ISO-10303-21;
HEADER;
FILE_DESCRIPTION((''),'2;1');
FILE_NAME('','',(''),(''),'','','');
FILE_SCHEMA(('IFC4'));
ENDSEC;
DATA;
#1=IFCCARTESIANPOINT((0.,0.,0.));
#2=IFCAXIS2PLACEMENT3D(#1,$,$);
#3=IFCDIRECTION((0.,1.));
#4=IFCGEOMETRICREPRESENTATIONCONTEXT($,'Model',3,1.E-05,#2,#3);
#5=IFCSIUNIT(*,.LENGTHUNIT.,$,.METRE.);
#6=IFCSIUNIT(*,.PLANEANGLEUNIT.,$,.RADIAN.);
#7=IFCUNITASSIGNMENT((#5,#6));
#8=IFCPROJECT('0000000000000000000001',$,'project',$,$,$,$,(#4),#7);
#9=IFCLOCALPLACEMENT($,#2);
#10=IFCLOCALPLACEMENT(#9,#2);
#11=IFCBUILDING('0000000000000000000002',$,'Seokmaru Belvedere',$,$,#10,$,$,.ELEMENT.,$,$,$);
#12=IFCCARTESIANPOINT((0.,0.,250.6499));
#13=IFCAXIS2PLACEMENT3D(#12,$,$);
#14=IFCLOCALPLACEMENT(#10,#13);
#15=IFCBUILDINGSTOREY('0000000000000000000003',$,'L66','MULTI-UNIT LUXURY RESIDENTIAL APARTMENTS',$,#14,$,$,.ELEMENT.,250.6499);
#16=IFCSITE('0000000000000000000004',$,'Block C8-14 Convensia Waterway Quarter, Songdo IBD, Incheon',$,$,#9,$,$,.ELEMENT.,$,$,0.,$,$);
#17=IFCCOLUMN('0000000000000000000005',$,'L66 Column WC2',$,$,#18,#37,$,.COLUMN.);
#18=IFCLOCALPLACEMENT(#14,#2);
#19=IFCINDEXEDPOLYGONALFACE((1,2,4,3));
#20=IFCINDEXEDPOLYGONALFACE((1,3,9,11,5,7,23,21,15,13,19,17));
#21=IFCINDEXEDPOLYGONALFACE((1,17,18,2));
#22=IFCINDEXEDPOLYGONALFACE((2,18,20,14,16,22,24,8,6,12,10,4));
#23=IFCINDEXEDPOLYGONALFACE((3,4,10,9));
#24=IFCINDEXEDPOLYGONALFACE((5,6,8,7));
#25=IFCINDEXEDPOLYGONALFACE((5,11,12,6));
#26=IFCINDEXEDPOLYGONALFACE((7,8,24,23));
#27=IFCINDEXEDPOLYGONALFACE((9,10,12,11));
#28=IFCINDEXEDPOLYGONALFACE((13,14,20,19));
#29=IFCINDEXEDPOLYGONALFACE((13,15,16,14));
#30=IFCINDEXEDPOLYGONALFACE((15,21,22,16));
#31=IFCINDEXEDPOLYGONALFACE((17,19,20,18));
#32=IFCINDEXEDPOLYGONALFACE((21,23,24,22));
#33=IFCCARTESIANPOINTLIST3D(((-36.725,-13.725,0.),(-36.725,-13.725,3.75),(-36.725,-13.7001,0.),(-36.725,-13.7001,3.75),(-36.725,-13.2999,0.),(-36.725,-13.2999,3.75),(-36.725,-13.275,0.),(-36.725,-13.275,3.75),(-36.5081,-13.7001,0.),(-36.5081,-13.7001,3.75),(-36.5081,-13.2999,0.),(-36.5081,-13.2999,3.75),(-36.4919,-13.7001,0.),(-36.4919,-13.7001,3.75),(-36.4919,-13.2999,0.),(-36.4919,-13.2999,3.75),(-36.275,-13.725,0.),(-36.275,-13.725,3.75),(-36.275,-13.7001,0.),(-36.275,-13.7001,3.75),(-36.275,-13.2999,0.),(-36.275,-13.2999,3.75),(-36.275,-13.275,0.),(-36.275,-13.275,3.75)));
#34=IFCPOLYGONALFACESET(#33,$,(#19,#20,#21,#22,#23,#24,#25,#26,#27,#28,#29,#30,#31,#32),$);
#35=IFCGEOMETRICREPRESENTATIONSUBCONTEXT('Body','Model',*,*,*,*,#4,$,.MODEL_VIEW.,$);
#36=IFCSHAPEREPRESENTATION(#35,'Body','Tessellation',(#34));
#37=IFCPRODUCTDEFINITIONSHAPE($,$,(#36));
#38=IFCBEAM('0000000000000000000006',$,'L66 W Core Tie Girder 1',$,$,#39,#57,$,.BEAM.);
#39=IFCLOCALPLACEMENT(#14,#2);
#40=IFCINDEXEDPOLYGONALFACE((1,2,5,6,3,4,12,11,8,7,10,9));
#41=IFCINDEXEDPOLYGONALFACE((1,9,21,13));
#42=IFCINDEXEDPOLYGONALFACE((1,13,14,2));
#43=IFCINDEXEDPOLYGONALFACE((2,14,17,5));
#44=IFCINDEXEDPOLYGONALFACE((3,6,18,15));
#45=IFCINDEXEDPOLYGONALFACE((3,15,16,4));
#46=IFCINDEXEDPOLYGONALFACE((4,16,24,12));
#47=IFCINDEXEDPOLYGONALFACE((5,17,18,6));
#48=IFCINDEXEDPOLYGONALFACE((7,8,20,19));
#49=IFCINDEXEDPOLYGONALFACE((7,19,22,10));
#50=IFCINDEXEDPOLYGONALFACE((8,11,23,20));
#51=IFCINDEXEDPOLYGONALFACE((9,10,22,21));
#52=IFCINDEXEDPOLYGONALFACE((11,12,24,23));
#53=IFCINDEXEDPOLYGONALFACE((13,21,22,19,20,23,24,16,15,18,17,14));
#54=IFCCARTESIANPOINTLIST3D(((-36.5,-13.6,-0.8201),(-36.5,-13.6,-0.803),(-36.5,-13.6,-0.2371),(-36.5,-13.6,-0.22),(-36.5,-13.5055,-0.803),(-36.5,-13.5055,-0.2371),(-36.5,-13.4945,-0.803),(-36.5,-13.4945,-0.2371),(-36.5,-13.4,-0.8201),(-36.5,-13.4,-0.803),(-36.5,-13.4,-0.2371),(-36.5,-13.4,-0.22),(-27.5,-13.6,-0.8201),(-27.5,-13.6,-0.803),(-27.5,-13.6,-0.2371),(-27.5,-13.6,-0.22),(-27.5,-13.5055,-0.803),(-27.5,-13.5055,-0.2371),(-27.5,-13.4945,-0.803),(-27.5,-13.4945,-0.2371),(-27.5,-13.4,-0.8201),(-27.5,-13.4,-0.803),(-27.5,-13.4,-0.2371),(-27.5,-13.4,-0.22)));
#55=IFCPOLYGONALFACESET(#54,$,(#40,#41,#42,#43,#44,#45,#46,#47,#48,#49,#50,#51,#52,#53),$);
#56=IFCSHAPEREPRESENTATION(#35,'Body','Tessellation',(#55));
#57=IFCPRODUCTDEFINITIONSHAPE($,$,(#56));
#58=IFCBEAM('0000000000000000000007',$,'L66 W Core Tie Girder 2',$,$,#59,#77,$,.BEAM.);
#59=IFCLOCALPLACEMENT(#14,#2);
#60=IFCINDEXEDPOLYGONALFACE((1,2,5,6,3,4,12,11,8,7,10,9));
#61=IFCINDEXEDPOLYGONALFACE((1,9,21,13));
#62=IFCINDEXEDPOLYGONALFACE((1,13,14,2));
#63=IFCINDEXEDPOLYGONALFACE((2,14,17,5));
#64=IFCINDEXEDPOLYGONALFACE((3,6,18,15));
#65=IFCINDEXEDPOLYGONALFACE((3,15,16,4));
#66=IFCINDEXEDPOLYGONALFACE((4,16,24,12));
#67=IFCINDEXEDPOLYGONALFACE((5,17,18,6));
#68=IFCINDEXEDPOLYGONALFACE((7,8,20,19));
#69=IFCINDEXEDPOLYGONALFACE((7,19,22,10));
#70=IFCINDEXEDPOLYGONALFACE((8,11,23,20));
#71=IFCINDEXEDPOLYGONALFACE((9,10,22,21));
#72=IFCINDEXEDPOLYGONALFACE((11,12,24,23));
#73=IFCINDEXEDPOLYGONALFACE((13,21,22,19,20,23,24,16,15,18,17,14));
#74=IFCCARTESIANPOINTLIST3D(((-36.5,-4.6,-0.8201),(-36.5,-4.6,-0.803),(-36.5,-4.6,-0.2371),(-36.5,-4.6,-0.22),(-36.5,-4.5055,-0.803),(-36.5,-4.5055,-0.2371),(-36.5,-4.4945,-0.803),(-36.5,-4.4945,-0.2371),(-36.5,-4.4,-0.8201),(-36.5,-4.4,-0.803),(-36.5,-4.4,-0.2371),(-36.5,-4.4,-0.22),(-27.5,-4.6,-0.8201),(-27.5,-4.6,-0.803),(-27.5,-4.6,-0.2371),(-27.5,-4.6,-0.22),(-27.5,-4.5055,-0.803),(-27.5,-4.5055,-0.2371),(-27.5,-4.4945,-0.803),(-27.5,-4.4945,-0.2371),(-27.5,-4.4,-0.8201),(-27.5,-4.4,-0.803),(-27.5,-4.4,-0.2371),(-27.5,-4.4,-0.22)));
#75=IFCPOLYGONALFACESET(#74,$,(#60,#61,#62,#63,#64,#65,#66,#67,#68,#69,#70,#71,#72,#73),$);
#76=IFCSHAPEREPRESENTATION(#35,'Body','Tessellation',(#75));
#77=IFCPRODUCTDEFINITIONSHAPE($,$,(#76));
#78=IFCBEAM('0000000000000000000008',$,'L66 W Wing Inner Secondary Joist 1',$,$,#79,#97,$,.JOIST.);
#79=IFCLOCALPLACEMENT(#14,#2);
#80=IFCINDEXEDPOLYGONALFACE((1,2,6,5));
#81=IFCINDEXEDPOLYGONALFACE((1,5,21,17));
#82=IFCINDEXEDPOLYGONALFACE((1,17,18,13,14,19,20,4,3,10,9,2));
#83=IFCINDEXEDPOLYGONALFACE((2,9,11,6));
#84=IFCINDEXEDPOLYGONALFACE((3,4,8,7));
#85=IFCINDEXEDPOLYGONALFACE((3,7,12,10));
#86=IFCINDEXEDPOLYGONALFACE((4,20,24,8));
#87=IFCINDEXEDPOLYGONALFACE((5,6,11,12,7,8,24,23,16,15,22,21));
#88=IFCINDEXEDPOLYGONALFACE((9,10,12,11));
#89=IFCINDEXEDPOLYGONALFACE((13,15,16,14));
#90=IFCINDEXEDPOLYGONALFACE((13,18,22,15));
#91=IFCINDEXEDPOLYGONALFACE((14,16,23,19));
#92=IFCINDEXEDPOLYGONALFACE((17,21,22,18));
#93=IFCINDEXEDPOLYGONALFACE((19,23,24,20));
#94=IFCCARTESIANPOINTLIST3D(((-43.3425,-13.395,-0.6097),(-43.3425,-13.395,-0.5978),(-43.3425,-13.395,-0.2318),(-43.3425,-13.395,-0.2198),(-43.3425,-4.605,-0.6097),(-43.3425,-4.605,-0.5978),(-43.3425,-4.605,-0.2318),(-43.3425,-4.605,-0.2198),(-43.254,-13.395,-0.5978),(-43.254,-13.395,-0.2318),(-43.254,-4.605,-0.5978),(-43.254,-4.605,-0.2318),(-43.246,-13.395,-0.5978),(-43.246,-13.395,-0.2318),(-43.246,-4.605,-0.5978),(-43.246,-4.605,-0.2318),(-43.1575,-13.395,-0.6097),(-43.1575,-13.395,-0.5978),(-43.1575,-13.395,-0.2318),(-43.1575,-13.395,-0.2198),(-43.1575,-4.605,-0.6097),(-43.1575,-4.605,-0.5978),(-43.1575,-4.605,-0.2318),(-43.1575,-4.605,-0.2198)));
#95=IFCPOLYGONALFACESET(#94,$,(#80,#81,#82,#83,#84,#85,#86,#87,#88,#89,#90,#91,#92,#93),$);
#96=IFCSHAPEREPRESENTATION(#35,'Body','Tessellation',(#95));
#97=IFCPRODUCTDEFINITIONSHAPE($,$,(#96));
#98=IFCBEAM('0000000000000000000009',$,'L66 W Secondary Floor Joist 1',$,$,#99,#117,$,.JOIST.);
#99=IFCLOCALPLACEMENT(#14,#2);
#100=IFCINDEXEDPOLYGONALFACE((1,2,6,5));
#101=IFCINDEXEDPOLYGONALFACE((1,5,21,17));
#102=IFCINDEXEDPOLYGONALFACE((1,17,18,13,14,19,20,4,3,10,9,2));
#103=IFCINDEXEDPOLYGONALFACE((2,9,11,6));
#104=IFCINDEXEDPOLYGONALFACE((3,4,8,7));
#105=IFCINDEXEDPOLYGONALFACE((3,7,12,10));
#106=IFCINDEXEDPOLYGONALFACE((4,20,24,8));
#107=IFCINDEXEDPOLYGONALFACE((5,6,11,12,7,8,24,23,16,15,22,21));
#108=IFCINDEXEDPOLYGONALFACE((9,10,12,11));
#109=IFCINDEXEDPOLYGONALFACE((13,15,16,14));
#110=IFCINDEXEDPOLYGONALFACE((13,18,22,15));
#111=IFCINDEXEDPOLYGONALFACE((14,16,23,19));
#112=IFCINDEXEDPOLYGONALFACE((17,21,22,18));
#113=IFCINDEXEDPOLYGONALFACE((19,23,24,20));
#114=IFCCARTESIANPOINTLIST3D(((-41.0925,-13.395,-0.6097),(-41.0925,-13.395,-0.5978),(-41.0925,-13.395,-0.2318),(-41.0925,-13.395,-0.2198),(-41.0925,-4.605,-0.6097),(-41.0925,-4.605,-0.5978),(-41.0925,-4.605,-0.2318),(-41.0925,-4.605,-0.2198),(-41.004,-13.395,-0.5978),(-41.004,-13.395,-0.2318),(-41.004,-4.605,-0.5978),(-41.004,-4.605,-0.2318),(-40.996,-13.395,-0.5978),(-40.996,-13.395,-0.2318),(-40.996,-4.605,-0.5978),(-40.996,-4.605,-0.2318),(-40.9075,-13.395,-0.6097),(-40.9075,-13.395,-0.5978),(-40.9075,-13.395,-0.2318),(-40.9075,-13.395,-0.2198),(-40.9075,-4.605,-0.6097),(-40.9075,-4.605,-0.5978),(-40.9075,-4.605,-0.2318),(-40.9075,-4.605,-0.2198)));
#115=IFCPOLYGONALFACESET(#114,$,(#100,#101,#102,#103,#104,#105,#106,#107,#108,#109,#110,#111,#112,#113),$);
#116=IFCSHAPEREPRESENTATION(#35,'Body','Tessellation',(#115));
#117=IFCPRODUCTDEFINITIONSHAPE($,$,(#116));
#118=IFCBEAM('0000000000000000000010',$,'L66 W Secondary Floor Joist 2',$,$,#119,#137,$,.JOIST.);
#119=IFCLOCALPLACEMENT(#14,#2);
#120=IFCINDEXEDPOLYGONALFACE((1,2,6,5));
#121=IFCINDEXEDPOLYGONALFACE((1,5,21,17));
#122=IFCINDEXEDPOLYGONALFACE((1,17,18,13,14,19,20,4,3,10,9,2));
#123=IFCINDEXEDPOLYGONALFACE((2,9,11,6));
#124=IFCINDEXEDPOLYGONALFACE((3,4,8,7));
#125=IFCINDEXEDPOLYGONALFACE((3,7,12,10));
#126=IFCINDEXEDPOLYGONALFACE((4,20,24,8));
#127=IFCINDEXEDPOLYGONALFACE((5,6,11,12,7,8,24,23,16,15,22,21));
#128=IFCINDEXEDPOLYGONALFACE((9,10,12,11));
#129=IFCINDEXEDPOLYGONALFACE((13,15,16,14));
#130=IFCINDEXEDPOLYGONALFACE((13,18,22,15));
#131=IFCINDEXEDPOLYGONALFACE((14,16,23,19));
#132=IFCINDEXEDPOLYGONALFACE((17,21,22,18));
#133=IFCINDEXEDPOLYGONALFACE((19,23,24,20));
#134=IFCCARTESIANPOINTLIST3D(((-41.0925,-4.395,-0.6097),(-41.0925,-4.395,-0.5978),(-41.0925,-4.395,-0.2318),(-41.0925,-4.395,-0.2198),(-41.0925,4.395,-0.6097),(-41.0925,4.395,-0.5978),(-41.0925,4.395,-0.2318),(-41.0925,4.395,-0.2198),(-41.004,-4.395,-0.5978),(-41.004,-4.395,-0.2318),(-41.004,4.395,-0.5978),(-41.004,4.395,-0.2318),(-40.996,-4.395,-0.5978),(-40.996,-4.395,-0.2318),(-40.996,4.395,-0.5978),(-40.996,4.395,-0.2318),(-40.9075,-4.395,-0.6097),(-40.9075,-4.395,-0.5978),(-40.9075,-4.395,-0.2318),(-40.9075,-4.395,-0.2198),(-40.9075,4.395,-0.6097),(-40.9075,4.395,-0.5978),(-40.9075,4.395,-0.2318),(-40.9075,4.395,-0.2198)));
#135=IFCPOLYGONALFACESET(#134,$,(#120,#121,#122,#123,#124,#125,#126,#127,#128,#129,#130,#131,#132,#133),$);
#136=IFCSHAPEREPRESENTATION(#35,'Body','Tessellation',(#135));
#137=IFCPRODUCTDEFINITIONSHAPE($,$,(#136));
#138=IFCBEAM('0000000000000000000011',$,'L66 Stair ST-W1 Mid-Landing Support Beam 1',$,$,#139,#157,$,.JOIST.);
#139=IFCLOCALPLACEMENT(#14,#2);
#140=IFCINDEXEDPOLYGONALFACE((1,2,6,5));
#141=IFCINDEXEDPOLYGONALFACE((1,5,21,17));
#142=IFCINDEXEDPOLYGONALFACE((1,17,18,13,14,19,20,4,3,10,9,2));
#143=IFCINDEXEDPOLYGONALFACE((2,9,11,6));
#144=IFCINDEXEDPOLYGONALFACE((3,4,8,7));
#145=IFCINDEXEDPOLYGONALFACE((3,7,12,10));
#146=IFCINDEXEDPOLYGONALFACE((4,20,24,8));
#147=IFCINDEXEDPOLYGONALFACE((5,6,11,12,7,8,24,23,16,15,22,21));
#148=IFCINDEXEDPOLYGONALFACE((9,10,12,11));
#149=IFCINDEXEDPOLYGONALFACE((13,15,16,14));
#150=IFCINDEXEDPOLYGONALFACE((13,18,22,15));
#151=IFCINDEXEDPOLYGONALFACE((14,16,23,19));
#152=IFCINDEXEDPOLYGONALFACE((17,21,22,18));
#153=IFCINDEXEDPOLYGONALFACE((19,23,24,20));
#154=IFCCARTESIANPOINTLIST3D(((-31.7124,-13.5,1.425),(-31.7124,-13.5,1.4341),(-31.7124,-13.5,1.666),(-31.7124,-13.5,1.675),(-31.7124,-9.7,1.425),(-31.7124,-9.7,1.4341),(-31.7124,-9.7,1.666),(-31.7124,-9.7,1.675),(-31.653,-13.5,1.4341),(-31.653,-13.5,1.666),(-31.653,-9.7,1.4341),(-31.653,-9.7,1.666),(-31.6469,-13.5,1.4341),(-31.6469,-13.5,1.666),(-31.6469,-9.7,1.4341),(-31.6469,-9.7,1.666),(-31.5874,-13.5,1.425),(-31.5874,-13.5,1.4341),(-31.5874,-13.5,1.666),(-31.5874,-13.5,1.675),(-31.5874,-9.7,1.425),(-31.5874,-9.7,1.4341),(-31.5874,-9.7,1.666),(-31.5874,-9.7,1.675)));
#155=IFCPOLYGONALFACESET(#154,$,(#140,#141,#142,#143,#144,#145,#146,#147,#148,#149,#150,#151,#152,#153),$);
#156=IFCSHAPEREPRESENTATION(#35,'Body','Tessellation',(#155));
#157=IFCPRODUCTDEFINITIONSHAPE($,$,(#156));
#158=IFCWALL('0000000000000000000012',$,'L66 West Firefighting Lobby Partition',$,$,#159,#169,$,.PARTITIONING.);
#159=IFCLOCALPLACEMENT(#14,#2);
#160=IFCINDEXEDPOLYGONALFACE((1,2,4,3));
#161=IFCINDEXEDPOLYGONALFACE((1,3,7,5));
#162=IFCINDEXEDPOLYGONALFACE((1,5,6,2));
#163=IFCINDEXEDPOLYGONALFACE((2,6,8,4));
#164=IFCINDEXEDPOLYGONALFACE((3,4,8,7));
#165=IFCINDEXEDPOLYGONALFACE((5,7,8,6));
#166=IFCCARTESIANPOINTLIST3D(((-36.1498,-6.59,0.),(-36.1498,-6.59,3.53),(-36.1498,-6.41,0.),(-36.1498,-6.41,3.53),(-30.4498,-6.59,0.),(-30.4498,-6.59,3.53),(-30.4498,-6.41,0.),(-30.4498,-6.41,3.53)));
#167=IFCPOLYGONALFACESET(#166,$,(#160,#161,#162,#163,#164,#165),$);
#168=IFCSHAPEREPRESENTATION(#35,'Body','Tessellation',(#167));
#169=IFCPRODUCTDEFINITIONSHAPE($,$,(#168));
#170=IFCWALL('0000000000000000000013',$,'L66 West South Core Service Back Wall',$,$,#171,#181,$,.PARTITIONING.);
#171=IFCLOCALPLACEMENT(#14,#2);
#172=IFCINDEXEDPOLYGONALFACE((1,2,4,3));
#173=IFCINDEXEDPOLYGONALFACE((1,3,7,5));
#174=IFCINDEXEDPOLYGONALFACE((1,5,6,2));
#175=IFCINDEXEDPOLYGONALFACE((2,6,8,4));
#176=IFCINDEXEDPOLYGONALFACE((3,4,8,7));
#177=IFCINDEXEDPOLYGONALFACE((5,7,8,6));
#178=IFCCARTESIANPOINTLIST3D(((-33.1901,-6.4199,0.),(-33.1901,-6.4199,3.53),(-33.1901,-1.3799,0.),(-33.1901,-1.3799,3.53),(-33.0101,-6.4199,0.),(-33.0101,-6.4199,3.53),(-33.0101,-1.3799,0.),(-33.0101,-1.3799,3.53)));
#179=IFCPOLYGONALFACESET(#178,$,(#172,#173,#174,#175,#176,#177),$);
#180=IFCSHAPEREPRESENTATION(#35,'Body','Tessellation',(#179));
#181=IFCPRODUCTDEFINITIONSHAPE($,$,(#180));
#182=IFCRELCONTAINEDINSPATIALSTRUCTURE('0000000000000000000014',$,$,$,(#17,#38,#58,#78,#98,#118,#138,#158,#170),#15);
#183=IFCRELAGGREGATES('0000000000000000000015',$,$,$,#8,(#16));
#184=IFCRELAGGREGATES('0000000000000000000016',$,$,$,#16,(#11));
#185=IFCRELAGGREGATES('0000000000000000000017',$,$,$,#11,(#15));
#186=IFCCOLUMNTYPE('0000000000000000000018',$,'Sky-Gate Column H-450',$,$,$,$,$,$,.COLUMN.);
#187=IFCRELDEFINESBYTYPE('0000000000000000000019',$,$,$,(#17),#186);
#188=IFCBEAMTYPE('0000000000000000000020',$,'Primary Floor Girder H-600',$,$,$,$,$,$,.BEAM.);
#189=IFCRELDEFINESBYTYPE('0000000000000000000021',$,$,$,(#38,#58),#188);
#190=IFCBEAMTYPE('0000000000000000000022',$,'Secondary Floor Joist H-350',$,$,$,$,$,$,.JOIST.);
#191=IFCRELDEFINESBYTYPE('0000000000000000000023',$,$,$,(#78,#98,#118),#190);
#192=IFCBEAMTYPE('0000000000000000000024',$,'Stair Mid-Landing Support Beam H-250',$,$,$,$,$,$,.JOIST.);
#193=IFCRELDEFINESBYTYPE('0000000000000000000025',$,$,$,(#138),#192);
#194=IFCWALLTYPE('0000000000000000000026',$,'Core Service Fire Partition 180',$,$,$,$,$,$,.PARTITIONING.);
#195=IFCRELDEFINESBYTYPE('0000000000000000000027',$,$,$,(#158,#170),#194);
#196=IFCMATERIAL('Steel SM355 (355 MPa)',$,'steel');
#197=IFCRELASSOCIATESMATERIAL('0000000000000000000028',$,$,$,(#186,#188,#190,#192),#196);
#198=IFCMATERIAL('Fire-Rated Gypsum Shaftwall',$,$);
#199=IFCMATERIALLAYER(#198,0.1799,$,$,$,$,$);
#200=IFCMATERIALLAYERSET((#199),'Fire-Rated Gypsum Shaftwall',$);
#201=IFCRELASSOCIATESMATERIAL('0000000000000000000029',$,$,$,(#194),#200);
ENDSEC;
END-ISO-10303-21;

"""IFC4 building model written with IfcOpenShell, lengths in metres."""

from ifc_helpers import new_model, si_unit, direction, frame, frame_2d, origin, origin_2d, place, context, subcontext, project, spatial, rectangle, i_section, extrude, source, transform, mapped, material, layer, layer_set, material_profile, profile_set, type_object, type_shapes, element, save


model = new_model("IFC4")

# Units and contexts
model_context = context("Model", 3, precision=1e-05, world=origin(), true_north=direction((0.0, 1.0)))
body_context = subcontext(model_context, "Body", "Model", "MODEL_VIEW")
ifc_project = project(units=[si_unit("LENGTHUNIT", "METRE"), si_unit("PLANEANGLEUNIT", "RADIAN")], contexts=[model_context])

# Site, building, storey
site_placement = place(None, origin())
site = spatial("IfcSite", under=ifc_project, at=site_placement, Name="Block C8-14 Convensia Waterway Quarter, Songdo IBD, Incheon", CompositionType="ELEMENT", RefElevation=0.0)
building_placement = place(site_placement, origin())
building = spatial("IfcBuilding", under=site, at=building_placement, Name="Seokmaru Belvedere", CompositionType="ELEMENT")
storey_placement = place(building_placement, frame((0.0, 0.0, 250.6499)))
storey = spatial("IfcBuildingStorey", under=building, at=storey_placement, Name="L66", Description="MULTI-UNIT LUXURY RESIDENTIAL APARTMENTS", CompositionType="ELEMENT", Elevation=250.6499)

# Column
ifc_material_1 = material(Name="Steel SM355 (355 MPa)", Category="steel")
ifc_material_profile_1 = material_profile(ifc_material_1, i_section(OverallWidth=0.45, OverallDepth=0.45, WebThickness=0.0161, FlangeThickness=0.0249, at=origin_2d()), Name="H-450x450x16x25")
ifc_profile_set_1 = profile_set([ifc_material_profile_1], Name="Steel SM355 (355 MPa)")
column_type = type_object("IfcColumnType", Name="Sky-Gate Column H-450", PredefinedType="COLUMN", material=ifc_profile_set_1)
shared_shape_1 = source(origin(), body_context, "Body", "SweptSolid", [
    extrude(i_section(OverallWidth=0.45, OverallDepth=0.45, WebThickness=0.0161, FlangeThickness=0.0249, at=origin_2d()), origin(), (0.0, 0.0, 1.0), 3.75),
])
type_shapes(column_type, [shared_shape_1])
column_placement = place(storey_placement, frame((-36.5, -13.5, 0.0), z_axis=(0.0, 0.0, 1.0), x_axis=(1.0, 0.0, 0.0)))
element("IfcColumn", 1, at=column_placement, inside=storey, type_object=column_type, Name="L66 Column WC2", PredefinedType="COLUMN", context=body_context, shape_type="MappedRepresentation", body=[
    mapped(shared_shape_1, transform((0.0, 0.0, 0.0), scale=1.0)),
])

# Beams
ifc_material_profile_2 = material_profile(ifc_material_1, i_section(OverallWidth=0.2, OverallDepth=0.6001, WebThickness=0.011, FlangeThickness=0.0171, at=origin_2d()), Name="H-600x200x11x17")
ifc_profile_set_2 = profile_set([ifc_material_profile_2], Name="Steel SM355 (355 MPa)")
beam_type_1 = type_object("IfcBeamType", Name="Primary Floor Girder H-600", PredefinedType="BEAM", material=ifc_profile_set_2)
shared_shape_2 = source(origin(), body_context, "Body", "SweptSolid", [
    extrude(i_section(OverallWidth=0.2, OverallDepth=0.6001, WebThickness=0.011, FlangeThickness=0.0171, at=origin_2d()), origin(), (0.0, 0.0, 1.0), 9.0),
])
type_shapes(beam_type_1, [shared_shape_2])
for number, where, z_axis, x_axis, name in (
    (2, (-36.5, -13.5, -0.52), (1.0, 0.0, 0.0), (0.0, 1.0, 0.0), "L66 W Core Tie Girder 1"),
    (3, (-36.5, -4.5, -0.52), (1.0, 0.0, 0.0), (0.0, 1.0, 0.0), "L66 W Core Tie Girder 2"),
):
    element("IfcBeam", number, at=place(storey_placement, frame(where, z_axis=z_axis, x_axis=x_axis)), inside=storey, type_object=beam_type_1, Name=name, PredefinedType="BEAM", context=body_context, shape_type="MappedRepresentation", body=[
        mapped(shared_shape_2, transform((0.0, 0.0, 0.0), scale=1.0)),
    ])
ifc_material_profile_3 = material_profile(ifc_material_1, i_section(OverallWidth=0.1851, OverallDepth=0.3899, WebThickness=0.0081, FlangeThickness=0.012, at=origin_2d()), Name="H-390x185x8x12")
ifc_profile_set_3 = profile_set([ifc_material_profile_3], Name="Steel SM355 (355 MPa)")
beam_type_2 = type_object("IfcBeamType", Name="Secondary Floor Joist H-350", PredefinedType="JOIST", material=ifc_profile_set_3)
shared_shape_3 = source(origin(), body_context, "Body", "SweptSolid", [
    extrude(i_section(OverallWidth=0.1851, OverallDepth=0.3899, WebThickness=0.0081, FlangeThickness=0.012, at=origin_2d()), origin(), (0.0, 0.0, 1.0), 8.79),
])
type_shapes(beam_type_2, [shared_shape_3])
for number, where, z_axis, x_axis, name in (
    (4, (-43.25, -13.395, -0.4148), (0.0, 1.0, 0.0), (-1.0, 0.0, 0.0), "L66 W Wing Inner Secondary Joist 1"),
    (5, (-41.0, -13.395, -0.4148), (0.0, 1.0, 0.0), (-1.0, 0.0, 0.0), "L66 W Secondary Floor Joist 1"),
    (6, (-41.0, -4.395, -0.4148), (0.0, 1.0, 0.0), (-1.0, 0.0, 0.0), "L66 W Secondary Floor Joist 2"),
):
    element("IfcBeam", number, at=place(storey_placement, frame(where, z_axis=z_axis, x_axis=x_axis)), inside=storey, type_object=beam_type_2, Name=name, PredefinedType="JOIST", context=body_context, shape_type="MappedRepresentation", body=[
        mapped(shared_shape_3, transform((0.0, 0.0, 0.0), scale=1.0)),
    ])
ifc_material_profile_4 = material_profile(ifc_material_1, i_section(OverallWidth=0.125, OverallDepth=0.25, WebThickness=0.0061, FlangeThickness=0.009, at=origin_2d()), Name="H-250x125x6x9")
ifc_profile_set_4 = profile_set([ifc_material_profile_4], Name="Steel SM355 (355 MPa)")
beam_type_3 = type_object("IfcBeamType", Name="Stair Mid-Landing Support Beam H-250", PredefinedType="JOIST", material=ifc_profile_set_4)
shared_shape_4 = source(origin(), body_context, "Body", "SweptSolid", [
    extrude(i_section(OverallWidth=0.125, OverallDepth=0.25, WebThickness=0.0061, FlangeThickness=0.009, at=origin_2d()), origin(), (0.0, 0.0, 1.0), 3.8),
])
type_shapes(beam_type_3, [shared_shape_4])
beam_placement = place(storey_placement, frame((-31.6499, -13.5, 1.55), z_axis=(0.0, 1.0, 0.0), x_axis=(-1.0, 0.0, 0.0)))
element("IfcBeam", 7, at=beam_placement, inside=storey, type_object=beam_type_3, Name="L66 Stair ST-W1 Mid-Landing Support Beam 1", PredefinedType="JOIST", context=body_context, shape_type="MappedRepresentation", body=[
    mapped(shared_shape_4, transform((0.0, 0.0, 0.0), scale=1.0)),
])

# Walls
ifc_material_2 = material(Name="Fire-Rated Gypsum Shaftwall")
ifc_layer_1 = layer(ifc_material_2, 0.1799)
ifc_layer_set_1 = layer_set([ifc_layer_1], Name="Fire-Rated Gypsum Shaftwall")
wall_type_1 = type_object("IfcWallType", Name="Core Service Fire Partition 180", PredefinedType="PARTITIONING", material=ifc_layer_set_1)
wall_1_placement = place(storey_placement, frame((-36.1499, -6.5, 0.0), z_axis=(0.0, 0.0, 1.0), x_axis=(1.0, 0.0, 0.0)))
element("IfcWall", 8, at=wall_1_placement, inside=storey, type_object=wall_type_1, Name="L66 West Firefighting Lobby Partition", PredefinedType="PARTITIONING", context=body_context, shape_type="SweptSolid", body=[
    extrude(rectangle(XDim=5.7, YDim=0.1799, at=frame_2d((2.8501, 0.0))), origin(), (0.0, 0.0, 1.0), 3.53),
])
wall_2_placement = place(storey_placement, frame((-33.1001, -6.4199, 0.0), z_axis=(0.0, 0.0, 1.0), x_axis=(0.0, 1.0, 0.0)))
element("IfcWall", 9, at=wall_2_placement, inside=storey, type_object=wall_type_1, Name="L66 West South Core Service Back Wall", PredefinedType="PARTITIONING", context=body_context, shape_type="SweptSolid", body=[
    extrude(rectangle(XDim=5.04, YDim=0.1799, at=frame_2d((2.52, 0.0))), origin(), (0.0, 0.0, 1.0), 3.53),
])

save(model, "model.ifc")
